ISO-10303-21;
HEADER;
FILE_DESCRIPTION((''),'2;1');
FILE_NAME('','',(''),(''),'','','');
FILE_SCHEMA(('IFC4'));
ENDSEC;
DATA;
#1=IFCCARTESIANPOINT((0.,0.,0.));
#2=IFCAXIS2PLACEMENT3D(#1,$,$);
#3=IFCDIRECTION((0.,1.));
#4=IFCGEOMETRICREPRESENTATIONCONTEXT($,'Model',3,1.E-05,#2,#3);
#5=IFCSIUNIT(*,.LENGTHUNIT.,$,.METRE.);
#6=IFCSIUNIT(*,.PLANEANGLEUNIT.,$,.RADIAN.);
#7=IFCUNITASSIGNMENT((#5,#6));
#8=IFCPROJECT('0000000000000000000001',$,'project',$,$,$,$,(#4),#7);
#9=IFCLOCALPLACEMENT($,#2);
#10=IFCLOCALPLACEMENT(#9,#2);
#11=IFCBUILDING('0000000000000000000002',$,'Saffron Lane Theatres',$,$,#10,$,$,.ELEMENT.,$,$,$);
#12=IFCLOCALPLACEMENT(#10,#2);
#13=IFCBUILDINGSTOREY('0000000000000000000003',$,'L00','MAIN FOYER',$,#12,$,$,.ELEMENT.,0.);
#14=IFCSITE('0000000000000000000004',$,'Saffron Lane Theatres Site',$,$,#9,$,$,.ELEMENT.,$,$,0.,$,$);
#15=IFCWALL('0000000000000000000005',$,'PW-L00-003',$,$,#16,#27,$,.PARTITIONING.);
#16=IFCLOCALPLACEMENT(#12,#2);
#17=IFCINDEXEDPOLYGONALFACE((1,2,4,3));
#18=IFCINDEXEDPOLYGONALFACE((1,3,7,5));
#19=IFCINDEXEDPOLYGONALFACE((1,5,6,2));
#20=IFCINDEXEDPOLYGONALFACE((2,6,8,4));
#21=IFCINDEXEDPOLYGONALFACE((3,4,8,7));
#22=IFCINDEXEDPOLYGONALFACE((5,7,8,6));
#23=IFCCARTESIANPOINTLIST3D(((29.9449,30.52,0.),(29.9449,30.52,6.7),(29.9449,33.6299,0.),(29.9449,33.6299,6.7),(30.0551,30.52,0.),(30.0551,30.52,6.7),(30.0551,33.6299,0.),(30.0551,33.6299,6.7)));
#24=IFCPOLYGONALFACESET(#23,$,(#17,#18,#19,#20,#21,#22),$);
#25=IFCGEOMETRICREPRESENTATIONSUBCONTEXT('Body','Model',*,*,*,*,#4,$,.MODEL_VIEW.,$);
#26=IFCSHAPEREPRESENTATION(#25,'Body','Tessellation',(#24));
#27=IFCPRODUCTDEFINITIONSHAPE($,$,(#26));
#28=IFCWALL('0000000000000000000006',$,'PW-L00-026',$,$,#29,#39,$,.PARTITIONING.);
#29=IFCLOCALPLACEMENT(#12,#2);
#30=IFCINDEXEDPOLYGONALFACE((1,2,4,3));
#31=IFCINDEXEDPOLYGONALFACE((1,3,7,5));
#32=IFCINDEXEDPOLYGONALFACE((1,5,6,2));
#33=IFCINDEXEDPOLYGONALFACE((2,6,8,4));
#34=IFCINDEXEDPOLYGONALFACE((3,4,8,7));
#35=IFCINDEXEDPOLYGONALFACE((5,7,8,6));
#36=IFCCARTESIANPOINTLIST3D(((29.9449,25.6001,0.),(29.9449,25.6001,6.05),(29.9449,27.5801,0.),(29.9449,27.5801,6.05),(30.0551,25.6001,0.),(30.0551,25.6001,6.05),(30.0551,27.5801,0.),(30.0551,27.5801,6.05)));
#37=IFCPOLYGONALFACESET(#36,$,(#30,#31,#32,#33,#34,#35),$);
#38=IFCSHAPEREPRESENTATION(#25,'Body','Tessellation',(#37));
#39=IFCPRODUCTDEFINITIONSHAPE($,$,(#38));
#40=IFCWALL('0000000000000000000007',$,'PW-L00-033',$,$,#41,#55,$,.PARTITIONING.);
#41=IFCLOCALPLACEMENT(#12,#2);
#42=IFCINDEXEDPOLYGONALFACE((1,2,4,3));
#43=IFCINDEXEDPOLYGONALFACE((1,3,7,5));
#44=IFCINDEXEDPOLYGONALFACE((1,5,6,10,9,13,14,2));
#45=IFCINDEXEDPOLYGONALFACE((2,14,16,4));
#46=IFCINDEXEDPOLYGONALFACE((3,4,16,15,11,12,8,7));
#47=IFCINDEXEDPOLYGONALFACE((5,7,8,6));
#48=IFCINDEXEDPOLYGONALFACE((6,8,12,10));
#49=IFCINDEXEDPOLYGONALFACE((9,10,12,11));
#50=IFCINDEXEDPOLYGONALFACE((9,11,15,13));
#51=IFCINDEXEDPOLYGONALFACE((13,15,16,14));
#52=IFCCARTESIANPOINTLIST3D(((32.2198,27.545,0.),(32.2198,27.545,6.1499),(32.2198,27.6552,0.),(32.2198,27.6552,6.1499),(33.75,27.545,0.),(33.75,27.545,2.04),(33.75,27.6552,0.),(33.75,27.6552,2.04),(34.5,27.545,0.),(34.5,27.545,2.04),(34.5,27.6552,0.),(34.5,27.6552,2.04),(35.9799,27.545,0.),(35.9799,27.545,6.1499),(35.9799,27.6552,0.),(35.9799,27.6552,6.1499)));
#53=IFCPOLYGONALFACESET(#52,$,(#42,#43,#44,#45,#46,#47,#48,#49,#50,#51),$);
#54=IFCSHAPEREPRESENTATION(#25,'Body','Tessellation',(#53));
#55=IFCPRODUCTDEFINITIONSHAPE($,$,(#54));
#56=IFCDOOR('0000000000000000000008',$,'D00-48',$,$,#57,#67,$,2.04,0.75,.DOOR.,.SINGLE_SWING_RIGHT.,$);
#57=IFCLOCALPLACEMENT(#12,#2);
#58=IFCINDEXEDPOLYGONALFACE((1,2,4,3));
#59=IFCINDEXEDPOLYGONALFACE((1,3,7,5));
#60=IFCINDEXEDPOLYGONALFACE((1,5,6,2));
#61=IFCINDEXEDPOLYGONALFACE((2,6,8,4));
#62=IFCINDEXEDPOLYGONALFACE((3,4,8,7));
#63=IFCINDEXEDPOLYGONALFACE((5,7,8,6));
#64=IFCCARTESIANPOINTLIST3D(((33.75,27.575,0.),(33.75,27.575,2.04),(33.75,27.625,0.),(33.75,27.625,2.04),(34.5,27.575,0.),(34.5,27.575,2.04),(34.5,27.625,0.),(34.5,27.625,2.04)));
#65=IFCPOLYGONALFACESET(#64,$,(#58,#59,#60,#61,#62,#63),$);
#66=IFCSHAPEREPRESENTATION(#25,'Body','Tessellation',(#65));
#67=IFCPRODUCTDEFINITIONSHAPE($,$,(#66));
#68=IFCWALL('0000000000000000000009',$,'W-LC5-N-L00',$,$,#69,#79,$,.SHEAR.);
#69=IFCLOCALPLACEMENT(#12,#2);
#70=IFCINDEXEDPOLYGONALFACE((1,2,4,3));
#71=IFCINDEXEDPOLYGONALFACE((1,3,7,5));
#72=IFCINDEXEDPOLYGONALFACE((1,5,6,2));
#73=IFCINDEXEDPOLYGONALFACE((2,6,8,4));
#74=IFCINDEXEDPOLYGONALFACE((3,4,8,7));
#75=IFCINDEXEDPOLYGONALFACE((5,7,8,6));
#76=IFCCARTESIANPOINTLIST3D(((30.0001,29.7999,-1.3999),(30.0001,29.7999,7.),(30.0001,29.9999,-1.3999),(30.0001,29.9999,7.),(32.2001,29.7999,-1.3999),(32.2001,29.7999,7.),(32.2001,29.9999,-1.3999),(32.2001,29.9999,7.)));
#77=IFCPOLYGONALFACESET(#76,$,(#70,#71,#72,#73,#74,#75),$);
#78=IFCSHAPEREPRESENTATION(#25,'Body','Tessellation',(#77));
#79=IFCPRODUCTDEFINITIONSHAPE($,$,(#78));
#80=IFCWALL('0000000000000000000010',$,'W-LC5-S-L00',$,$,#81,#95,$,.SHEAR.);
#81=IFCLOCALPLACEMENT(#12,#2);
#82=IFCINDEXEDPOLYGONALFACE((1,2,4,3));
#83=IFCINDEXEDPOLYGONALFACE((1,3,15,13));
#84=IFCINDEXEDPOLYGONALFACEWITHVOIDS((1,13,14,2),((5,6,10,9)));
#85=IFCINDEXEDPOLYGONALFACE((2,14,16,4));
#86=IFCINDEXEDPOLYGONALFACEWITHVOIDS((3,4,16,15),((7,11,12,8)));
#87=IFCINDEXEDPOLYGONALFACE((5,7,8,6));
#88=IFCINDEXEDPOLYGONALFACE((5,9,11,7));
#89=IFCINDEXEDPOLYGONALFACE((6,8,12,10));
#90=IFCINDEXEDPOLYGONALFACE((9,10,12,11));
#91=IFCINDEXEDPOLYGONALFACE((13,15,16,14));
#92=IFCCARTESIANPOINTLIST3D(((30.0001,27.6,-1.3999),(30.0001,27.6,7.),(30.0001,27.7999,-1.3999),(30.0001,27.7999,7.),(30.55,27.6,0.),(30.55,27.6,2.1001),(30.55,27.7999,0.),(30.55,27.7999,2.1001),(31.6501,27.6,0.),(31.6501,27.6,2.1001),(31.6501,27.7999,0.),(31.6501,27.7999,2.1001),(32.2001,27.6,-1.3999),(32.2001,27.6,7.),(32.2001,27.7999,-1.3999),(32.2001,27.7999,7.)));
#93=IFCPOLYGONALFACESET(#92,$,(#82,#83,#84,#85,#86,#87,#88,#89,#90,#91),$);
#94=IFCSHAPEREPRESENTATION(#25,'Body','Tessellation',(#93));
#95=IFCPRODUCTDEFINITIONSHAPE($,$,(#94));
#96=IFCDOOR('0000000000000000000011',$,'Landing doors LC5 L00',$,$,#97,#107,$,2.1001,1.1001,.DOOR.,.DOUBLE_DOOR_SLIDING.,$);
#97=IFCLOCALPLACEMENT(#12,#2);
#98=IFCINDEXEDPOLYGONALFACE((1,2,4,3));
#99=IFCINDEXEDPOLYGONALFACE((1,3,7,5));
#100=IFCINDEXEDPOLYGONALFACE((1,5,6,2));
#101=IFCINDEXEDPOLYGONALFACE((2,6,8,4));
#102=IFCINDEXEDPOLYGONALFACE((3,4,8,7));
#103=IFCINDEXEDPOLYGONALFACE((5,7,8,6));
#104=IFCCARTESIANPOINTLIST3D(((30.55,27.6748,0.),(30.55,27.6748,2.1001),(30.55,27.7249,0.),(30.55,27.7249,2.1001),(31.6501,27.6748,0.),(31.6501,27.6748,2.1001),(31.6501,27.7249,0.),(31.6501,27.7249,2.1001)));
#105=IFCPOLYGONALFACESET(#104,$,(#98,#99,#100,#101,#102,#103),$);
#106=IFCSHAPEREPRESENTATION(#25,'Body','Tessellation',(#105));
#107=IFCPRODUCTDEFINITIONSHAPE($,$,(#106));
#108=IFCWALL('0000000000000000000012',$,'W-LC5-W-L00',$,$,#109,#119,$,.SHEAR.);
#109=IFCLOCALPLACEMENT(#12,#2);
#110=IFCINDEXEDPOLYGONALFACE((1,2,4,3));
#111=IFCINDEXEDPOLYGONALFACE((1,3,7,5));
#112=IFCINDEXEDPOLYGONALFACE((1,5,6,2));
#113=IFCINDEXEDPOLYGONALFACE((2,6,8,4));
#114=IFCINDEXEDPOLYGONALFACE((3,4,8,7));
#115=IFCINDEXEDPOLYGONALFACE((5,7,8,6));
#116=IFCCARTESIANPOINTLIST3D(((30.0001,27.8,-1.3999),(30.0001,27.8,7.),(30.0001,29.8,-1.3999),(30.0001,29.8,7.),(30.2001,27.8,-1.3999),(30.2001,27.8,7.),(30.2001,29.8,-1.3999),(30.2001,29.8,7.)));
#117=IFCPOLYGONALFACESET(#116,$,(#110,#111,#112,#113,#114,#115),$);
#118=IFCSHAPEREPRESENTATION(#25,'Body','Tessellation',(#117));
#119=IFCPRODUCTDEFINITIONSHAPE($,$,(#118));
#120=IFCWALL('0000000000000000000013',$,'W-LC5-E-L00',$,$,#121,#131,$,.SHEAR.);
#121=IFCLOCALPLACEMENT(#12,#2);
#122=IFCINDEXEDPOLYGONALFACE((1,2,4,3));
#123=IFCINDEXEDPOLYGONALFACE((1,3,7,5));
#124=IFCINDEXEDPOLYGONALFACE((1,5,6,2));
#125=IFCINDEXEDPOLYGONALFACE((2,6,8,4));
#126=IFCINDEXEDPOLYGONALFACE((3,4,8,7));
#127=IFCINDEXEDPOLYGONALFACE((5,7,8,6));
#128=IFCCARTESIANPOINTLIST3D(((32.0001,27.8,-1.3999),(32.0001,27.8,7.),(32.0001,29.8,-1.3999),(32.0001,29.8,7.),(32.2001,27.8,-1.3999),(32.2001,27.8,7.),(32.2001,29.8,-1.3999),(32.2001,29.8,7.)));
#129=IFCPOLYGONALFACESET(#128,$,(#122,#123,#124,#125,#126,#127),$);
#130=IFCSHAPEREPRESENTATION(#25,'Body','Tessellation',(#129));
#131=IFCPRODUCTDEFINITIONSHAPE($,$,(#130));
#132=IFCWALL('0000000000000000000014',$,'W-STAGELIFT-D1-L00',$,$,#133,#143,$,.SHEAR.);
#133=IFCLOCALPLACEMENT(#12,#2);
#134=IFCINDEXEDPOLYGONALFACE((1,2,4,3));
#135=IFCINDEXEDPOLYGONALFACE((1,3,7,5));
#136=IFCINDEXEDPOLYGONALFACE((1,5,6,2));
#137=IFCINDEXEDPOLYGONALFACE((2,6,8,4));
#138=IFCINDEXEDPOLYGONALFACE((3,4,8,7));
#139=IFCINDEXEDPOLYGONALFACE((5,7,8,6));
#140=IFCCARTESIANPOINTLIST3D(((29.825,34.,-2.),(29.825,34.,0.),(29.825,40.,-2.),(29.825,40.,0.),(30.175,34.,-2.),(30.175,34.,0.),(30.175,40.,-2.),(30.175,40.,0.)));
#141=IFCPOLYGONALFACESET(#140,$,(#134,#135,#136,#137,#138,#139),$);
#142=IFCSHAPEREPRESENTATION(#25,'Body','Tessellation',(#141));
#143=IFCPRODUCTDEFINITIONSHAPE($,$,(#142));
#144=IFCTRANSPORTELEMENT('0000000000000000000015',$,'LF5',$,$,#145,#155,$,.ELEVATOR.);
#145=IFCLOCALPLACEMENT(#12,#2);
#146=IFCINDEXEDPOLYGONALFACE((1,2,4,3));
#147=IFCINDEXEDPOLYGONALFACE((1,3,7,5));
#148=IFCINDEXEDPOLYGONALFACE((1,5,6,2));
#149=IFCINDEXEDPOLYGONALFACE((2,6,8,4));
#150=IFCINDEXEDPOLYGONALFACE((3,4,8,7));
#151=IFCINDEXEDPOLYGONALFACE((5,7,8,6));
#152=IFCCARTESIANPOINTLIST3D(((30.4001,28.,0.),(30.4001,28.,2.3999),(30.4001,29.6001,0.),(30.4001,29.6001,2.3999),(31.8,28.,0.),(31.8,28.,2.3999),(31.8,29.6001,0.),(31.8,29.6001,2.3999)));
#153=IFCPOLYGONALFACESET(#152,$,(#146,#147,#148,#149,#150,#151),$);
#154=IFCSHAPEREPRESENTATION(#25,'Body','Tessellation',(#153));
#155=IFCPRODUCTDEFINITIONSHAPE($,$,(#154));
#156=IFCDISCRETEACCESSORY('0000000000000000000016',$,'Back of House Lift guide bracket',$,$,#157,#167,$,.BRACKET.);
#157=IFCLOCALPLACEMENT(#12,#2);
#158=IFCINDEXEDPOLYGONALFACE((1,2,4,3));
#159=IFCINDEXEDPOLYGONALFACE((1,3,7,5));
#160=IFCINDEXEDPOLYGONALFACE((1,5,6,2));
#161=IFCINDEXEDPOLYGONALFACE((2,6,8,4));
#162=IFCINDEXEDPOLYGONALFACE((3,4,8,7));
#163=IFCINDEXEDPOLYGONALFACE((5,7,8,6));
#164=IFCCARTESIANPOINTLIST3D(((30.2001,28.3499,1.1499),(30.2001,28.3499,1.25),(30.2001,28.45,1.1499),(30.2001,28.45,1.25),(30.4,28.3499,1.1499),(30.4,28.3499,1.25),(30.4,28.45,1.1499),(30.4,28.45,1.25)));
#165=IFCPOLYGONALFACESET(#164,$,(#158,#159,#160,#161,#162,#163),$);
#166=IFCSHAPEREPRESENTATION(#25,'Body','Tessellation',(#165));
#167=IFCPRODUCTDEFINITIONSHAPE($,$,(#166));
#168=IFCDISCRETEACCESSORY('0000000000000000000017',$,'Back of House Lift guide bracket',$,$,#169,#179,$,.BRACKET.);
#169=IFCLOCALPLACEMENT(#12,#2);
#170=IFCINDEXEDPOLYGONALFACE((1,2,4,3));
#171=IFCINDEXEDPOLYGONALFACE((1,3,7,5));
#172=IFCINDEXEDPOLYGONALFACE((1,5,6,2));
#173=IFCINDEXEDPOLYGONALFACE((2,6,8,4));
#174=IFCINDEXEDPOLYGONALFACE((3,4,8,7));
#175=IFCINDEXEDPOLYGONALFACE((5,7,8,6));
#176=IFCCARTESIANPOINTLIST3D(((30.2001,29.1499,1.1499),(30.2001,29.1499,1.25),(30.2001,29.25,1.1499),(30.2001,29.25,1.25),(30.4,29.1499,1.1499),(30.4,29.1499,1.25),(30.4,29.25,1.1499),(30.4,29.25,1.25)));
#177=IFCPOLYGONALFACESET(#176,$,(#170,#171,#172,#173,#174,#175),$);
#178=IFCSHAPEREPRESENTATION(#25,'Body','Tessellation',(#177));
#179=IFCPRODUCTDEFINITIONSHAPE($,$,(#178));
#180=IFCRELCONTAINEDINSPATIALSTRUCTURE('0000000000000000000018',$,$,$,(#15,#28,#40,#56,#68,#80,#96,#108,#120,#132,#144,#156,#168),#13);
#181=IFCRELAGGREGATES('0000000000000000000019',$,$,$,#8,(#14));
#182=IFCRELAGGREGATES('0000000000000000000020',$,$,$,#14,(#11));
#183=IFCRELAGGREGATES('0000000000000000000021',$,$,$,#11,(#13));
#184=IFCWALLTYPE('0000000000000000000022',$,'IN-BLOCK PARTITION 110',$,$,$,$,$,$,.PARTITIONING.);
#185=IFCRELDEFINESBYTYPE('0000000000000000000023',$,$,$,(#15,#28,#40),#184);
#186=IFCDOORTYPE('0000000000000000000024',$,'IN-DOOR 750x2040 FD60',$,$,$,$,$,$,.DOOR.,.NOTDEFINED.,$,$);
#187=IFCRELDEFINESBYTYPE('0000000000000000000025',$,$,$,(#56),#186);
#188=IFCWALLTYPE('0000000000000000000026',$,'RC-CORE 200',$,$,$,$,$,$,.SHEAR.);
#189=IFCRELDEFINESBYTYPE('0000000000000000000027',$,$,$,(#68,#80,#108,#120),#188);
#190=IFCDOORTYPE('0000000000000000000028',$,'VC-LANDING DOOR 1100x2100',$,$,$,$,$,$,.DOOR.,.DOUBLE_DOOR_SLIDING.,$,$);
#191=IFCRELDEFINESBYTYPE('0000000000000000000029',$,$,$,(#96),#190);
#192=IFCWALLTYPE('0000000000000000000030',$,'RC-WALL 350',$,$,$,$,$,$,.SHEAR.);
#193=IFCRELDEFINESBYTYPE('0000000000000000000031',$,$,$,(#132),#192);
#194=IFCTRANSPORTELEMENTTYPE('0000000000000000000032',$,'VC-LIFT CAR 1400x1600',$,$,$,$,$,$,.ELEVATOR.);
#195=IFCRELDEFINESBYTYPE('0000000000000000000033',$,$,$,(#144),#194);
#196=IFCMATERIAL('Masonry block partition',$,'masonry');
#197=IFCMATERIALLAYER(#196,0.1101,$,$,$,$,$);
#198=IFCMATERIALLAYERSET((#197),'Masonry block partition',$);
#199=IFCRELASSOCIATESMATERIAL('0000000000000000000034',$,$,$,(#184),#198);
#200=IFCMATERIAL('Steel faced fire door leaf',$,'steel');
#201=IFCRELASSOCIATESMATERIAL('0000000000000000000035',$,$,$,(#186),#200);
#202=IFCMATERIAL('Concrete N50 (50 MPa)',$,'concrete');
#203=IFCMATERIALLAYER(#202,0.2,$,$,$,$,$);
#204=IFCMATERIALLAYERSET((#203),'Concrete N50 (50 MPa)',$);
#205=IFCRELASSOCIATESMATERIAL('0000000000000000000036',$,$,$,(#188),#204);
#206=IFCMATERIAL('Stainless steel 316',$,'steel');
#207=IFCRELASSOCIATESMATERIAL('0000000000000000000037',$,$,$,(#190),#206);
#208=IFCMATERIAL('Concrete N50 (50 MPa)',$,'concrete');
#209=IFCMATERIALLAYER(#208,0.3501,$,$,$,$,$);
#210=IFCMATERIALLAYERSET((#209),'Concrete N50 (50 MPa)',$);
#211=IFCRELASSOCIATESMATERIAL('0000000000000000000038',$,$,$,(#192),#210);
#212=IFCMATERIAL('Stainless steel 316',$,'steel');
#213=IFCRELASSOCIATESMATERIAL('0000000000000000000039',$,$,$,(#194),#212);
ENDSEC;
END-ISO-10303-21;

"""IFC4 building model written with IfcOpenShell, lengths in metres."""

from ifc_helpers import new_model, si_unit, direction, frame, frame_2d, origin, origin_2d, place, context, subcontext, project, spatial, rectangle, extrude, material, layer, layer_set, type_object, element, fill, save


model = new_model("IFC4")

# Units and contexts
model_context = context("Model", 3, precision=1e-05, world=origin(), true_north=direction((0.0, 1.0)))
body_context = subcontext(model_context, "Body", "Model", "MODEL_VIEW")
ifc_project = project(units=[si_unit("LENGTHUNIT", "METRE"), si_unit("PLANEANGLEUNIT", "RADIAN")], contexts=[model_context])

# Site, building, storey
site_placement = place(None, origin())
site = spatial("IfcSite", under=ifc_project, at=site_placement, Name="Saffron Lane Theatres Site", CompositionType="ELEMENT", RefElevation=0.0)
building_placement = place(site_placement, origin())
building = spatial("IfcBuilding", under=site, at=building_placement, Name="Saffron Lane Theatres", CompositionType="ELEMENT")
storey_placement = place(building_placement, origin())
storey = spatial("IfcBuildingStorey", under=building, at=storey_placement, Name="L00", Description="MAIN FOYER", CompositionType="ELEMENT", Elevation=0.0)

# Walls
ifc_material_1 = material(Name="Masonry block partition", Category="masonry")
ifc_layer_1 = layer(ifc_material_1, 0.1101)
ifc_layer_set_1 = layer_set([ifc_layer_1], Name="Masonry block partition")
wall_type_1 = type_object("IfcWallType", Name="IN-BLOCK PARTITION 110", PredefinedType="PARTITIONING", material=ifc_layer_set_1)
wall_1_placement = place(storey_placement, frame((30.0, 30.52, 0.0), z_axis=(0.0, 0.0, 1.0), x_axis=(0.0, 1.0, 0.0)))
element("IfcWall", 1, at=wall_1_placement, inside=storey, type_object=wall_type_1, Name="PW-L00-003", PredefinedType="PARTITIONING", context=body_context, shape_type="SweptSolid", body=[
    extrude(rectangle(XDim=3.1099, YDim=0.1101, at=frame_2d((1.5549, 0.0))), origin(), (0.0, 0.0, 1.0), 6.7),
])
wall_2_placement = place(storey_placement, frame((30.0, 25.6001, 0.0), z_axis=(0.0, 0.0, 1.0), x_axis=(0.0, 1.0, 0.0)))
element("IfcWall", 2, at=wall_2_placement, inside=storey, type_object=wall_type_1, Name="PW-L00-026", PredefinedType="PARTITIONING", context=body_context, shape_type="SweptSolid", body=[
    extrude(rectangle(XDim=1.98, YDim=0.1101, at=frame_2d((0.99, 0.0))), origin(), (0.0, 0.0, 1.0), 6.05),
])

# Wall, opening, door
wall_3_placement = place(storey_placement, frame((32.22, 27.6001, 0.0), z_axis=(0.0, 0.0, 1.0), x_axis=(1.0, 0.0, 0.0)))
wall_3 = element("IfcWall", 3, at=wall_3_placement, inside=storey, type_object=wall_type_1, Name="PW-L00-033", PredefinedType="PARTITIONING", context=body_context, shape_type="SweptSolid", body=[
    extrude(rectangle(XDim=3.76, YDim=0.1101, at=frame_2d((1.8799, 0.0))), origin(), (0.0, 0.0, 1.0), 6.1499),
])
opening_1_placement = place(wall_3_placement, frame((1.53, 0.0, 0.0)))
opening_1 = element("IfcOpeningElement", 4, at=opening_1_placement, cuts=wall_3, PredefinedType="OPENING", context=body_context, shape_type="SweptSolid", body=[
    extrude(rectangle(XDim=0.75, YDim=2.04, at=frame_2d((0.375, 1.02))), frame((0.0, 0.0649, 0.0), z_axis=(0.0, -1.0, 0.0), x_axis=(1.0, 0.0, 0.0)), (0.0, 0.0, 1.0), 0.1301),
])
ifc_material_2 = material(Name="Steel faced fire door leaf", Category="steel")
door_type_1 = type_object("IfcDoorType", Name="IN-DOOR 750x2040 FD60", OperationType="NOTDEFINED", PredefinedType="DOOR", material=ifc_material_2)
door_1_placement = place(opening_1_placement, origin())
door_1 = element("IfcDoor", 5, at=door_1_placement, inside=storey, type_object=door_type_1, Name="D00-48", OperationType="SINGLE_SWING_RIGHT", OverallHeight=2.04, OverallWidth=0.75, PredefinedType="DOOR", context=body_context, shape_type="SweptSolid", body=[
    extrude(rectangle(XDim=0.75, YDim=2.04, at=frame_2d((0.375, 1.02))), frame((0.0, 0.0249, 0.0), z_axis=(0.0, -1.0, 0.0), x_axis=(1.0, 0.0, 0.0)), (0.0, 0.0, 1.0), 0.05),
])
fill(opening_1, door_1)

# Wall
ifc_material_3 = material(Name="Concrete N50 (50 MPa)", Category="concrete")
ifc_layer_2 = layer(ifc_material_3, 0.2)
ifc_layer_set_2 = layer_set([ifc_layer_2], Name="Concrete N50 (50 MPa)")
wall_type_2 = type_object("IfcWallType", Name="RC-CORE 200", PredefinedType="SHEAR", material=ifc_layer_set_2)
wall_4_placement = place(storey_placement, frame((30.0, 29.8999, -1.3999), z_axis=(0.0, 0.0, 1.0), x_axis=(1.0, 0.0, 0.0)))
element("IfcWall", 6, at=wall_4_placement, inside=storey, type_object=wall_type_2, Name="W-LC5-N-L00", PredefinedType="SHEAR", context=body_context, shape_type="SweptSolid", body=[
    extrude(rectangle(XDim=2.2, YDim=0.2, at=frame_2d((1.1001, 0.0))), origin(), (0.0, 0.0, 1.0), 8.3999),
])

# Wall, opening, door
wall_5_placement = place(storey_placement, frame((30.0, 27.7, -1.3999), z_axis=(0.0, 0.0, 1.0), x_axis=(1.0, 0.0, 0.0)))
wall_5 = element("IfcWall", 7, at=wall_5_placement, inside=storey, type_object=wall_type_2, Name="W-LC5-S-L00", PredefinedType="SHEAR", context=body_context, shape_type="SweptSolid", body=[
    extrude(rectangle(XDim=2.2, YDim=0.2, at=frame_2d((1.1001, 0.0))), origin(), (0.0, 0.0, 1.0), 8.3999),
])
opening_2_placement = place(wall_5_placement, frame((0.55, 0.0, 1.3999)))
opening_2 = element("IfcOpeningElement", 8, at=opening_2_placement, cuts=wall_5, PredefinedType="OPENING", context=body_context, shape_type="SweptSolid", body=[
    extrude(rectangle(XDim=1.1001, YDim=2.1001, at=frame_2d((0.55, 1.05))), frame((0.0, 0.1099, 0.0), z_axis=(0.0, -1.0, 0.0), x_axis=(1.0, 0.0, 0.0)), (0.0, 0.0, 1.0), 0.22),
])
ifc_material_4 = material(Name="Stainless steel 316", Category="steel")
door_type_2 = type_object("IfcDoorType", Name="VC-LANDING DOOR 1100x2100", OperationType="DOUBLE_DOOR_SLIDING", PredefinedType="DOOR", material=ifc_material_4)
door_2_placement = place(opening_2_placement, origin())
door_2 = element("IfcDoor", 9, at=door_2_placement, inside=storey, type_object=door_type_2, Name="Landing doors LC5 L00", OperationType="DOUBLE_DOOR_SLIDING", OverallHeight=2.1001, OverallWidth=1.1001, PredefinedType="DOOR", context=body_context, shape_type="SweptSolid", body=[
    extrude(rectangle(XDim=1.1001, YDim=2.1001, at=frame_2d((0.55, 1.05))), frame((0.0, 0.0249, 0.0), z_axis=(0.0, -1.0, 0.0), x_axis=(1.0, 0.0, 0.0)), (0.0, 0.0, 1.0), 0.05),
])
fill(opening_2, door_2)

# Walls
for number, where, z_axis, x_axis, name in (
    (10, (30.1001, 27.8, -1.3999), (0.0, 0.0, 1.0), (0.0, 1.0, 0.0), "W-LC5-W-L00"),
    (11, (32.1001, 27.8, -1.3999), (0.0, 0.0, 1.0), (0.0, 1.0, 0.0), "W-LC5-E-L00"),
):
    element("IfcWall", number, at=place(storey_placement, frame(where, z_axis=z_axis, x_axis=x_axis)), inside=storey, type_object=wall_type_2, Name=name, PredefinedType="SHEAR", context=body_context, shape_type="SweptSolid", body=[
        extrude(rectangle(XDim=2.0, YDim=0.2, at=frame_2d((1.0, 0.0))), origin(), (0.0, 0.0, 1.0), 8.3999),
    ])
ifc_material_5 = material(Name="Concrete N50 (50 MPa)", Category="concrete")
ifc_layer_3 = layer(ifc_material_5, 0.3501)
ifc_layer_set_3 = layer_set([ifc_layer_3], Name="Concrete N50 (50 MPa)")
wall_type_3 = type_object("IfcWallType", Name="RC-WALL 350", PredefinedType="SHEAR", material=ifc_layer_set_3)
wall_6_placement = place(storey_placement, frame((30.0, 34.0, -2.0), z_axis=(0.0, 0.0, 1.0), x_axis=(0.0, 1.0, 0.0)))
element("IfcWall", 12, at=wall_6_placement, inside=storey, type_object=wall_type_3, Name="W-STAGELIFT-D1-L00", PredefinedType="SHEAR", context=body_context, shape_type="SweptSolid", body=[
    extrude(rectangle(XDim=6.0, YDim=0.3501, at=frame_2d((3.0, 0.0))), origin(), (0.0, 0.0, 1.0), 2.0),
])

# Transport element
ifc_material_6 = material(Name="Stainless steel 316", Category="steel")
transport_element_type = type_object("IfcTransportElementType", Name="VC-LIFT CAR 1400x1600", PredefinedType="ELEVATOR", material=ifc_material_6)
transport_element_placement = place(storey_placement, frame((31.1001, 28.8, 0.0), z_axis=(0.0, 0.0, 1.0), x_axis=(1.0, 0.0, 0.0)))
element("IfcTransportElement", 13, at=transport_element_placement, inside=storey, type_object=transport_element_type, Name="LF5", PredefinedType="ELEVATOR", context=body_context, shape_type="SweptSolid", body=[
    extrude(rectangle(XDim=1.3999, YDim=1.6001, at=origin_2d()), origin(), (0.0, 0.0, 1.0), 2.3999),
])

# Discrete accessories
for number, where, z_axis, x_axis, name in (
    (14, (30.3, 28.3999, 1.1499), (0.0, 0.0, 1.0), (1.0, 0.0, 0.0), "Back of House Lift guide bracket"),
    (15, (30.3, 29.2, 1.1499), (0.0, 0.0, 1.0), (1.0, 0.0, 0.0), "Back of House Lift guide bracket"),
):
    element("IfcDiscreteAccessory", number, at=place(storey_placement, frame(where, z_axis=z_axis, x_axis=x_axis)), inside=storey, Name=name, PredefinedType="BRACKET", context=body_context, shape_type="SweptSolid", body=[
        extrude(rectangle(XDim=0.2, YDim=0.1001, at=origin_2d()), origin(), (0.0, 0.0, 1.0), 0.1001),
    ])

save(model, "model.ifc")
